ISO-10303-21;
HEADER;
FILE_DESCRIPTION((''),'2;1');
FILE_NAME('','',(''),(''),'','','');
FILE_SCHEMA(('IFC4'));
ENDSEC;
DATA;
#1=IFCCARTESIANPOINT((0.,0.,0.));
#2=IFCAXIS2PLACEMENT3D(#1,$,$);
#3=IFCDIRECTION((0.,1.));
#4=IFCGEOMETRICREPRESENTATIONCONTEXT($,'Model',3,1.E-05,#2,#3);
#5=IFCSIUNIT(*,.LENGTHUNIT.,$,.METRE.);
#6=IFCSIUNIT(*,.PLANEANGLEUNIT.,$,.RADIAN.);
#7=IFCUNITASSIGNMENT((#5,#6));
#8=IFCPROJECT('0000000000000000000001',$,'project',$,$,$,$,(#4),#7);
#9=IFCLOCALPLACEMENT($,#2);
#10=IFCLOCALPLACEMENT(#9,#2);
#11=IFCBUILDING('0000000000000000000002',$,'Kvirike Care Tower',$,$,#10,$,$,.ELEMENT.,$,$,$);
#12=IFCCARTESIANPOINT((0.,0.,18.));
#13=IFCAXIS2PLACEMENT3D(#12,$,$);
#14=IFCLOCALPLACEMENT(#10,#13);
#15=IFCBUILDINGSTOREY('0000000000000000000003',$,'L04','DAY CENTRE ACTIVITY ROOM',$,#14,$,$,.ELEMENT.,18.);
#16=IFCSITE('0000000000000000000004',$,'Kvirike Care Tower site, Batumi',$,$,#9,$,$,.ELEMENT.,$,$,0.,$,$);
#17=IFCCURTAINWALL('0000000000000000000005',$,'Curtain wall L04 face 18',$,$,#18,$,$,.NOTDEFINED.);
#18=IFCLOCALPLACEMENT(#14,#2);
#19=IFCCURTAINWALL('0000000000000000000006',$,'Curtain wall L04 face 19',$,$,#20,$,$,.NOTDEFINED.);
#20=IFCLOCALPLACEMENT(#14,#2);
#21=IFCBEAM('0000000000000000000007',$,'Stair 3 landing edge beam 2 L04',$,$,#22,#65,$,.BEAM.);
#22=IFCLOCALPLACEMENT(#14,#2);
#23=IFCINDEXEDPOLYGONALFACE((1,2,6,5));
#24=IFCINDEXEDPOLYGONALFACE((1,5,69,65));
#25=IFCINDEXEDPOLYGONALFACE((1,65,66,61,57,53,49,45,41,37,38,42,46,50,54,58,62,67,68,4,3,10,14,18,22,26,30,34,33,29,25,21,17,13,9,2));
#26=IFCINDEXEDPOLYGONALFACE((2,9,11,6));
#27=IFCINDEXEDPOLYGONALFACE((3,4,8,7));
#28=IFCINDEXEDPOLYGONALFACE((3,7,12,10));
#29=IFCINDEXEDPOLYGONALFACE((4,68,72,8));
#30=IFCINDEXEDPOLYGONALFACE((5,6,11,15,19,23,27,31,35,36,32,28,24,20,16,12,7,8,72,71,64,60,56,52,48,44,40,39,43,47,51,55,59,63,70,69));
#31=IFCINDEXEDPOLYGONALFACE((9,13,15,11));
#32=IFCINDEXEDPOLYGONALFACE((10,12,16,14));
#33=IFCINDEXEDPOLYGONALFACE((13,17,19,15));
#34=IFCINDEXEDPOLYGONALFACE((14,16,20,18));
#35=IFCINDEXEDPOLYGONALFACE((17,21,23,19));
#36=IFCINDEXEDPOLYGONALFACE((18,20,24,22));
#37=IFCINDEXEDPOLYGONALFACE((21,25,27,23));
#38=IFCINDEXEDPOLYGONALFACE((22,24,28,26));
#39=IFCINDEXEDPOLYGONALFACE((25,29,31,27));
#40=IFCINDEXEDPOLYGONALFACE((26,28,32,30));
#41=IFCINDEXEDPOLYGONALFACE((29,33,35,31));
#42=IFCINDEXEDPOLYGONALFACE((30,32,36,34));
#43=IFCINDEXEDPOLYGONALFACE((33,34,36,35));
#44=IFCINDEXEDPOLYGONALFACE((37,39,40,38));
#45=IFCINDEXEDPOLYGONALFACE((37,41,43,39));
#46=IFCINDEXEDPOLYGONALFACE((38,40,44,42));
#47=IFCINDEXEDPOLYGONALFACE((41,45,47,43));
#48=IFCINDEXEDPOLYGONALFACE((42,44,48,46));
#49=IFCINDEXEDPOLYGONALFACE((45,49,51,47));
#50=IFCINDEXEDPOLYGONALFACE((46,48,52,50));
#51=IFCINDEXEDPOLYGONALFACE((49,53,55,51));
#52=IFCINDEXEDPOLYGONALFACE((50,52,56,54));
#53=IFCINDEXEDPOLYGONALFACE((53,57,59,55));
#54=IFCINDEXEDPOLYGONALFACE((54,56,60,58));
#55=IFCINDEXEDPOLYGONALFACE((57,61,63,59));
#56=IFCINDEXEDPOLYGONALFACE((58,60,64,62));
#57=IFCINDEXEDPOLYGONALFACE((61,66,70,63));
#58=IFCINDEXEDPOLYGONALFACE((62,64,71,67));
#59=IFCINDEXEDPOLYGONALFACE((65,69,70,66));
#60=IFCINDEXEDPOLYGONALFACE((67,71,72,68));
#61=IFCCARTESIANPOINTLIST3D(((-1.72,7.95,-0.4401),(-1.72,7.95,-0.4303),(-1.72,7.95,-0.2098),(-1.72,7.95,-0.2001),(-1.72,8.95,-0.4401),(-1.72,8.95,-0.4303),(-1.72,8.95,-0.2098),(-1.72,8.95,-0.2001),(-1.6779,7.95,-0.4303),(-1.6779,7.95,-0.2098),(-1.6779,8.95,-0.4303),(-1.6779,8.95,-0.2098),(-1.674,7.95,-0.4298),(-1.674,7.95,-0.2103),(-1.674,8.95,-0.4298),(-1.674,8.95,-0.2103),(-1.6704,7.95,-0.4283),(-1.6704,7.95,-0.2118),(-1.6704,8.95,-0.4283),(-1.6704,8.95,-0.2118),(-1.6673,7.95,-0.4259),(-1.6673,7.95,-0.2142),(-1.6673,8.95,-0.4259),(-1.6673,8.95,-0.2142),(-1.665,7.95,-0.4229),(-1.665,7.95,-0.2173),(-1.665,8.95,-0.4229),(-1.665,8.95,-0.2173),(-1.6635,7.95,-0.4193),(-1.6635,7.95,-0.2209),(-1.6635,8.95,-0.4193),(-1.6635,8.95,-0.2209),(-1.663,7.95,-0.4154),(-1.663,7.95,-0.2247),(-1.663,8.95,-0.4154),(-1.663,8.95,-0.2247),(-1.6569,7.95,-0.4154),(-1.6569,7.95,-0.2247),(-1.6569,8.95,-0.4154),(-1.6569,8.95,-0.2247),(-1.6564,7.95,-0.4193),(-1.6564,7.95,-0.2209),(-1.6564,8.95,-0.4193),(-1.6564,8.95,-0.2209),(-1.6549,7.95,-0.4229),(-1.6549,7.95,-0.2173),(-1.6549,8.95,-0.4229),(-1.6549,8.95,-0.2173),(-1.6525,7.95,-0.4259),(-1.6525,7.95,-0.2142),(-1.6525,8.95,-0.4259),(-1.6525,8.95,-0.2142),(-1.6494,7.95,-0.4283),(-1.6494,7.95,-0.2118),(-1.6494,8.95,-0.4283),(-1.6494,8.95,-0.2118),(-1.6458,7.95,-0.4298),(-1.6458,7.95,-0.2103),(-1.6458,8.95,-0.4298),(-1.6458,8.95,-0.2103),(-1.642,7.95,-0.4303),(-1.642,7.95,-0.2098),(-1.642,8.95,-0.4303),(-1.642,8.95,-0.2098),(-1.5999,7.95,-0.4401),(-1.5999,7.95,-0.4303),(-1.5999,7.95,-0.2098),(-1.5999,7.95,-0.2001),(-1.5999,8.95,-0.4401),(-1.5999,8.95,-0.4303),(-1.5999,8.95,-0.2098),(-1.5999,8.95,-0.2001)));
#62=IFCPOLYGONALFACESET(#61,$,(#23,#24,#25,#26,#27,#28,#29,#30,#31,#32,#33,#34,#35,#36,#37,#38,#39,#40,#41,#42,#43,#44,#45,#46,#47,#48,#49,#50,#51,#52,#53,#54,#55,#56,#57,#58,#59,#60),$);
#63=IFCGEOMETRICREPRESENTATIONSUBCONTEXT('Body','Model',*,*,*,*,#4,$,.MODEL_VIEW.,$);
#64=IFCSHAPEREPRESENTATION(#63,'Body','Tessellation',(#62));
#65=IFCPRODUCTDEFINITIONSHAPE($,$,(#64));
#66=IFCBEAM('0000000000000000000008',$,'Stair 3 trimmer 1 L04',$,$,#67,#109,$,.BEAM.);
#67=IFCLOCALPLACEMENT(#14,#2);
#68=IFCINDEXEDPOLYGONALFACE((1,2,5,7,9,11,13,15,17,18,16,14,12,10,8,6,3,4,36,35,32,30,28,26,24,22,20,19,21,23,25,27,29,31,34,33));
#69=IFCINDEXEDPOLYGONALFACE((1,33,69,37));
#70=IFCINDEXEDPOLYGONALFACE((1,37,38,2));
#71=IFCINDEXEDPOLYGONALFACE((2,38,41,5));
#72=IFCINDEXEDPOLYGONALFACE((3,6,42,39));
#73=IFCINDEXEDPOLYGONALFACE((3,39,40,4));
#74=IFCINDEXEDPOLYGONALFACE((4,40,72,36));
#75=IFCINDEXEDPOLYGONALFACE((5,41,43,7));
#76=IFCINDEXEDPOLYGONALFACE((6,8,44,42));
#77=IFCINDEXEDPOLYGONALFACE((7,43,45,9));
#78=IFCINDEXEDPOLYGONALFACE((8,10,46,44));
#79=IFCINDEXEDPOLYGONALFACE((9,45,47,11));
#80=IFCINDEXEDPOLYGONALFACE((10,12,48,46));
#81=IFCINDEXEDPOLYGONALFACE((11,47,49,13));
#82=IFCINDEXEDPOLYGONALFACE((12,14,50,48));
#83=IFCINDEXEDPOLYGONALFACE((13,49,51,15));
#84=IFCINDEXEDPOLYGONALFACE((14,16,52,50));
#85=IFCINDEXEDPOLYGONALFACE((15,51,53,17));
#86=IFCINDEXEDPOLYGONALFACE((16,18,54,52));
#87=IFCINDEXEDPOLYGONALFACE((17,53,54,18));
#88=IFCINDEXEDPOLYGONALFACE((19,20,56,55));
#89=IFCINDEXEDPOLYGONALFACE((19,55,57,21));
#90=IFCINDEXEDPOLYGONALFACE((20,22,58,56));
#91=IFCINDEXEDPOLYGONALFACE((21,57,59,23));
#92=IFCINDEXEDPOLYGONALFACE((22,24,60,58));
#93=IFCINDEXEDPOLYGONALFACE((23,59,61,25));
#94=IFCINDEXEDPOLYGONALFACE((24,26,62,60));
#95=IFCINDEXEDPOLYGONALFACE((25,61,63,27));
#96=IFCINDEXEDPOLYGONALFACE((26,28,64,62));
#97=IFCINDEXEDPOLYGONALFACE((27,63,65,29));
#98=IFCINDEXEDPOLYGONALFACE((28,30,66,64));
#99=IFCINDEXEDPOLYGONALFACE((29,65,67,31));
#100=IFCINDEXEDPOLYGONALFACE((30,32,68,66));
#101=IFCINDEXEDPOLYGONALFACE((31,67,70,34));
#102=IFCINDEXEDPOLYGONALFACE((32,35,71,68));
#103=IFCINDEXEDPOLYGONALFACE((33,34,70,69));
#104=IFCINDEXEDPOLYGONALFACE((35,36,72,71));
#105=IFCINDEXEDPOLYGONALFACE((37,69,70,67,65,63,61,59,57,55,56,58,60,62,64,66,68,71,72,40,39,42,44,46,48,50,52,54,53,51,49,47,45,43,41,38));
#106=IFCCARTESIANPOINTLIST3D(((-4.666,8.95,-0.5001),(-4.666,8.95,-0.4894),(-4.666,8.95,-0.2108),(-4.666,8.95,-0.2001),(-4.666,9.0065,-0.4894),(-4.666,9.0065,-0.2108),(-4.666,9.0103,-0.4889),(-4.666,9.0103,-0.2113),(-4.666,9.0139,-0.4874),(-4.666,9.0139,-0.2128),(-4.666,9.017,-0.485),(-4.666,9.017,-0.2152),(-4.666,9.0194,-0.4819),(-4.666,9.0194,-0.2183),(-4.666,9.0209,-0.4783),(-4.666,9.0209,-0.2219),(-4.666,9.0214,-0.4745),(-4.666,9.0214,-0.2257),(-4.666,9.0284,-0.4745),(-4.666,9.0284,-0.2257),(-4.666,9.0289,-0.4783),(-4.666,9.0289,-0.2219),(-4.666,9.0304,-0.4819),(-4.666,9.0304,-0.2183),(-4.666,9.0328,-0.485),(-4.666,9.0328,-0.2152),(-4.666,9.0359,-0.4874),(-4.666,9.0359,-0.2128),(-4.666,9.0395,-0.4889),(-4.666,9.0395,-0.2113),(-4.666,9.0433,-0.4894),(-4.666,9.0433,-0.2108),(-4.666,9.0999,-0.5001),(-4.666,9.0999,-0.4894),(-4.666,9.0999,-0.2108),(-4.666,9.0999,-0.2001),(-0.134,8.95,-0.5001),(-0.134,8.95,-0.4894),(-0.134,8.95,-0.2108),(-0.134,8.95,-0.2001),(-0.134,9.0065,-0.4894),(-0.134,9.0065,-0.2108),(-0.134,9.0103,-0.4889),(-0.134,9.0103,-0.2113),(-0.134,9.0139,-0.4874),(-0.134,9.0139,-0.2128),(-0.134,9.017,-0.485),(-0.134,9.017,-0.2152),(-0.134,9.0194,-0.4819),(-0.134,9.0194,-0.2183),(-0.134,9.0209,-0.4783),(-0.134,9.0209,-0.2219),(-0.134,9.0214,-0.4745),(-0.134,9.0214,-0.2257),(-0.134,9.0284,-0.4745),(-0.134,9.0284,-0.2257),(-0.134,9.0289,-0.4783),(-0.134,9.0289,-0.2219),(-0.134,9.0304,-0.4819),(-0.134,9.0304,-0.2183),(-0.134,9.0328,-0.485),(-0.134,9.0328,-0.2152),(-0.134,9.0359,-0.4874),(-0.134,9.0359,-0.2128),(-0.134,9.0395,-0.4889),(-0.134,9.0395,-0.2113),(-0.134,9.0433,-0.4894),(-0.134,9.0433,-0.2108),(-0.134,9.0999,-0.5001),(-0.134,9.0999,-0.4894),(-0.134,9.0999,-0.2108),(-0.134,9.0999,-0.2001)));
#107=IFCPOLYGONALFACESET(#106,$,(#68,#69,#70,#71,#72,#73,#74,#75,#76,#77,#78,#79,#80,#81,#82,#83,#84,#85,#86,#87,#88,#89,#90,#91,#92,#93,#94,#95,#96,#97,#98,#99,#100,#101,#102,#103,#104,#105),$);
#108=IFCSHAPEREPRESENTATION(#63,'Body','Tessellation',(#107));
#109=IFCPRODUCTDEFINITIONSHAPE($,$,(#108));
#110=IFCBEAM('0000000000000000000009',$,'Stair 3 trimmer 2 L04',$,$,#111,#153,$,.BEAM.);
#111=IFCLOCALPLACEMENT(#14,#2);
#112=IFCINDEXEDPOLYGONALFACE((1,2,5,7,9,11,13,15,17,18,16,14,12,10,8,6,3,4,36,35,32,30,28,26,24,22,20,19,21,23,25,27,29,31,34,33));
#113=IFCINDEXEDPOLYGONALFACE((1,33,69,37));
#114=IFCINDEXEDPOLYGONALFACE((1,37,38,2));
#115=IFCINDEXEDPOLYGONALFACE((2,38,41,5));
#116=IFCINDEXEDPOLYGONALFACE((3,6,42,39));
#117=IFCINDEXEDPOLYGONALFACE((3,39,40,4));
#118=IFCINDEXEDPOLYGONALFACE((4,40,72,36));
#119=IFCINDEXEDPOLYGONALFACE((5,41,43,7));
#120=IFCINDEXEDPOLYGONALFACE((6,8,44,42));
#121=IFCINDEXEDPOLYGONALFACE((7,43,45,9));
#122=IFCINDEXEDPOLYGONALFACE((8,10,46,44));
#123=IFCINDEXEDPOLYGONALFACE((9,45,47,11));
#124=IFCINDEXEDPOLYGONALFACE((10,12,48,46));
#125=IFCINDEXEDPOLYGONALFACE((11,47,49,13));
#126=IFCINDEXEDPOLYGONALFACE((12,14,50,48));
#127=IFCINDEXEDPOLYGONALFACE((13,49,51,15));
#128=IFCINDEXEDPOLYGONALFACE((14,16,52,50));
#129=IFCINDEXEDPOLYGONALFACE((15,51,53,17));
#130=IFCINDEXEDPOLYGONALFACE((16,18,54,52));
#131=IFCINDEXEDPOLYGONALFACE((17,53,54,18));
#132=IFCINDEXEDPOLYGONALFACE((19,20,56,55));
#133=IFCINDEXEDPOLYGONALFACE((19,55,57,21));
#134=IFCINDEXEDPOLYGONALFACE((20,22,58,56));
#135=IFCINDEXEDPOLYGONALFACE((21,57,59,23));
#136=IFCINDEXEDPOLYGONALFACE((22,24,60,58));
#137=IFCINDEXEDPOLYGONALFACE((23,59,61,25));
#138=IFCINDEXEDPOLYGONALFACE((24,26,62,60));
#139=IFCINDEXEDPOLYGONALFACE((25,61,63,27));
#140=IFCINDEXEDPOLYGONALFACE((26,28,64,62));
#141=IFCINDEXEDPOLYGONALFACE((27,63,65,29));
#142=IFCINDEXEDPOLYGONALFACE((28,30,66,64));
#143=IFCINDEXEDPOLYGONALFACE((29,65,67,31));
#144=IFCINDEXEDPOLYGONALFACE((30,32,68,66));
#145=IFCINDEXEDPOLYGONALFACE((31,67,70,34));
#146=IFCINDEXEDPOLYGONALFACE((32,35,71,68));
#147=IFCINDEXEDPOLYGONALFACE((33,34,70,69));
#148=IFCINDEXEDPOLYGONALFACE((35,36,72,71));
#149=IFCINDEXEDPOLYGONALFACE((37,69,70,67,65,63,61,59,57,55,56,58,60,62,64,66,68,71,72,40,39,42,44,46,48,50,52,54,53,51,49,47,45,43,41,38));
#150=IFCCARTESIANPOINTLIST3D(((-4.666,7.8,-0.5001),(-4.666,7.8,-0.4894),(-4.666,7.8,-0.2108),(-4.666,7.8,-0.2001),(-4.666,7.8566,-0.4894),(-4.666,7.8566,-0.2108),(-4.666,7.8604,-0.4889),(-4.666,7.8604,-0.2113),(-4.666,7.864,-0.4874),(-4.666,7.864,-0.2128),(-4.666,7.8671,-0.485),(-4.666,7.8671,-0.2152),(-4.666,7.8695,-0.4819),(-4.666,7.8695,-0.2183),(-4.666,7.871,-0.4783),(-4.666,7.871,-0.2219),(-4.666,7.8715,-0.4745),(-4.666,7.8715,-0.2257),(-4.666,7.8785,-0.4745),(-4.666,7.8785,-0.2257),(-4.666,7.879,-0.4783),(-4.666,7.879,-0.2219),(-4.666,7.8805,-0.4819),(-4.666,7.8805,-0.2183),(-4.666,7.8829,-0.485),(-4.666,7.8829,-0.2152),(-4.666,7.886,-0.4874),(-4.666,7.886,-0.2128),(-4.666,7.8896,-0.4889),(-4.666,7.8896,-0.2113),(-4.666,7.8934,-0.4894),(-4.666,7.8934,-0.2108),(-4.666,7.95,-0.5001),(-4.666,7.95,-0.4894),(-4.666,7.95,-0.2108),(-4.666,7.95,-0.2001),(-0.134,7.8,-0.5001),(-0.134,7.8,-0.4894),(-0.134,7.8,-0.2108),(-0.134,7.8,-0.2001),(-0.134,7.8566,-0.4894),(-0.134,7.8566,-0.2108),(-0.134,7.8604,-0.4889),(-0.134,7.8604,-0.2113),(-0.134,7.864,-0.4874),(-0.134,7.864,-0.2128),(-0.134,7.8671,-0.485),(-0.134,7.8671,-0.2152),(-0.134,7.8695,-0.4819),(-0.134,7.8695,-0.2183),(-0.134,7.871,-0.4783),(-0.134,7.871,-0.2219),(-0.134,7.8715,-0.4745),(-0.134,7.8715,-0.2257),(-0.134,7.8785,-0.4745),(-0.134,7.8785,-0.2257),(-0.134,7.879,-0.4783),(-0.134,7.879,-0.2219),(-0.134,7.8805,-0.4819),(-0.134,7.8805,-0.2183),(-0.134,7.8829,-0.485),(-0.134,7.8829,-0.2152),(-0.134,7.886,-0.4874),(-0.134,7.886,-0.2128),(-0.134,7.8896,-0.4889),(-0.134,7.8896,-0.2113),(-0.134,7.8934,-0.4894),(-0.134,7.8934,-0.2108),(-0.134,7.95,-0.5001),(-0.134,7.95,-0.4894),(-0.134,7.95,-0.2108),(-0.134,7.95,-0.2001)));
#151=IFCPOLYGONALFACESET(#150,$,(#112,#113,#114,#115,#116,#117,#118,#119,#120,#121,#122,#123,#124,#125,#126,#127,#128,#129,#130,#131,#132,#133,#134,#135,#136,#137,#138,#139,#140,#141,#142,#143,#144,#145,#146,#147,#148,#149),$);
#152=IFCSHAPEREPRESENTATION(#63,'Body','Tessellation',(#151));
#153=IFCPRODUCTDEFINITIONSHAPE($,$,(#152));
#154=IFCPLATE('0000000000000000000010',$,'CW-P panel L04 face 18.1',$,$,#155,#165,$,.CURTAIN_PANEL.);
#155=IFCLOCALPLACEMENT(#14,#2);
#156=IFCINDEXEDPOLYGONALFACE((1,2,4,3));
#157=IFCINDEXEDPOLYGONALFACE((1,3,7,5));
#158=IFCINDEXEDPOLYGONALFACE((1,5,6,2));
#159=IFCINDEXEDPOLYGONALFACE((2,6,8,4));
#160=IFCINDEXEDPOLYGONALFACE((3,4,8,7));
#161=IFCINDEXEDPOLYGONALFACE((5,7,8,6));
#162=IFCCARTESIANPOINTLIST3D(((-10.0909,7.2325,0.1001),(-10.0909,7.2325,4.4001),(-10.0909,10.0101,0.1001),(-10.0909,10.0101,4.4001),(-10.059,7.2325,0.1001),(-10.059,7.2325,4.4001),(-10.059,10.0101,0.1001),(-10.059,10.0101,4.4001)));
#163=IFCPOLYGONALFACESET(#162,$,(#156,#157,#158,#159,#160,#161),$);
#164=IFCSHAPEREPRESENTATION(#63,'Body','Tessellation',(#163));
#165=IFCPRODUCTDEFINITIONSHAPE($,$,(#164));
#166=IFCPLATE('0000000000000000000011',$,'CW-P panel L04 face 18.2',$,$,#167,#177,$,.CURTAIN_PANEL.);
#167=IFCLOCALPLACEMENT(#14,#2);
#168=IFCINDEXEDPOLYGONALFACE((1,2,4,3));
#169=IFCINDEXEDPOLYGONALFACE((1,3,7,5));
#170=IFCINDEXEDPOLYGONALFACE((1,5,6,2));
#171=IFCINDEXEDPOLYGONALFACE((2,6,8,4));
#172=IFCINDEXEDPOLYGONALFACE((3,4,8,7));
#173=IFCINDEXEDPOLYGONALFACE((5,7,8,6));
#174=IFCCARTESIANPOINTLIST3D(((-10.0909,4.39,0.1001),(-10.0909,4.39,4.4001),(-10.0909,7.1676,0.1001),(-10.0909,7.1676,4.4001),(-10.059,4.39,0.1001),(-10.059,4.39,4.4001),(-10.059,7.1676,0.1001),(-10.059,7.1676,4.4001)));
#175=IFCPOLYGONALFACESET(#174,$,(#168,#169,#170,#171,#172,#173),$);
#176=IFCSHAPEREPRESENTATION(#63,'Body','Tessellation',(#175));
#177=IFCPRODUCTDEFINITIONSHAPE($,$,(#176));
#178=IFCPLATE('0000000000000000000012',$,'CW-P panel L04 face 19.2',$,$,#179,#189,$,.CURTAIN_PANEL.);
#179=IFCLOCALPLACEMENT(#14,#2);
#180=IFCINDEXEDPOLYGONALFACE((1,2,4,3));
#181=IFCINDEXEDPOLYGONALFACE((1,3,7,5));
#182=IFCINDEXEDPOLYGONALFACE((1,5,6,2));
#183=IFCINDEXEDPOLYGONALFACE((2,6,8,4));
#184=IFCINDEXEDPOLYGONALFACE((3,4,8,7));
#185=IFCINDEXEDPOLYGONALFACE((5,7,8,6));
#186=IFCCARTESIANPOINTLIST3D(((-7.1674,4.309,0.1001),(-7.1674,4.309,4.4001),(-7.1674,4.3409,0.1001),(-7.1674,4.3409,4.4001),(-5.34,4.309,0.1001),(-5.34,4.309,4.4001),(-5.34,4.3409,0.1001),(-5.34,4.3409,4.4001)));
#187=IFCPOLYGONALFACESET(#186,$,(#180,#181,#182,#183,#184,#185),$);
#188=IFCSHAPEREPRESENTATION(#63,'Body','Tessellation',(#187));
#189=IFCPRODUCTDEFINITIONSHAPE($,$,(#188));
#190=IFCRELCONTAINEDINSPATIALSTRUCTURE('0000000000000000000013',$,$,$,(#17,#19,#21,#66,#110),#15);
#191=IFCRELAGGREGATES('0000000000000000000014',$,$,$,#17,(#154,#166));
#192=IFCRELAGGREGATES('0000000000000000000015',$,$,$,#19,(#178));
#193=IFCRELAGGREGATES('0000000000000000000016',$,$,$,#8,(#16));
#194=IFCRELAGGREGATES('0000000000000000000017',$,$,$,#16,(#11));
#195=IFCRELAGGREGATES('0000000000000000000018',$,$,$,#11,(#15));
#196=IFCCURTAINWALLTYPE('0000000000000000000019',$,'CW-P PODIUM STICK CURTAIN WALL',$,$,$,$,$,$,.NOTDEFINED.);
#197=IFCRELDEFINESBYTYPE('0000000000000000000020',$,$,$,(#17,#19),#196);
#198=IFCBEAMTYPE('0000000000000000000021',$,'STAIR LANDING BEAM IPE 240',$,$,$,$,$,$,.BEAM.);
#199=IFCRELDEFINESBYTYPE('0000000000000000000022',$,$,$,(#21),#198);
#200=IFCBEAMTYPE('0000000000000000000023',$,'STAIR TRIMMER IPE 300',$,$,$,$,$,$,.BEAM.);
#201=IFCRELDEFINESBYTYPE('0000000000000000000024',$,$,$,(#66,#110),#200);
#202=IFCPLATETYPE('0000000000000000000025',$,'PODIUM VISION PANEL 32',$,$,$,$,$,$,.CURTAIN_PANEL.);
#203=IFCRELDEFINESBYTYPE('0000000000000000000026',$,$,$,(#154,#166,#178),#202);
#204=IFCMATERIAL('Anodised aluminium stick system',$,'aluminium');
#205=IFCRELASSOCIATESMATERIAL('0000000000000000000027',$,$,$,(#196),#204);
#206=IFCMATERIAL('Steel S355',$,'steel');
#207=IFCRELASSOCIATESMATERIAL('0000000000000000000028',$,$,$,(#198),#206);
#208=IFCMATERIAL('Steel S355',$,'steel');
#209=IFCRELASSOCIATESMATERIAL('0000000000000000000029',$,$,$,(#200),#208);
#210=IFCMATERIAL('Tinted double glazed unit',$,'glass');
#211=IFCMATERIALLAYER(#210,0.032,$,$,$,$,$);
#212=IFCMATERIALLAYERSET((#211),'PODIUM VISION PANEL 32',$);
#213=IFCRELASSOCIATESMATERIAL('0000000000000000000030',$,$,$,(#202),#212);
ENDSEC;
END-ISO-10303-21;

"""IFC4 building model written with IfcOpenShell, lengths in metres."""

from ifc_helpers import new_model, si_unit, direction, frame, origin, origin_2d, place, context, subcontext, project, spatial, rectangle, i_section, extrude, material, layer, layer_set, material_profile, profile_set, type_object, element, aggregate, save


model = new_model("IFC4")

# Units and contexts
model_context = context("Model", 3, precision=1e-05, world=origin(), true_north=direction((0.0, 1.0)))
body_context = subcontext(model_context, "Body", "Model", "MODEL_VIEW")
ifc_project = project(units=[si_unit("LENGTHUNIT", "METRE"), si_unit("PLANEANGLEUNIT", "RADIAN")], contexts=[model_context])

# Site, building, storey
site_placement = place(None, origin())
site = spatial("IfcSite", under=ifc_project, at=site_placement, Name="Kvirike Care Tower site, Batumi", CompositionType="ELEMENT", RefElevation=0.0)
building_placement = place(site_placement, origin())
building = spatial("IfcBuilding", under=site, at=building_placement, Name="Kvirike Care Tower", CompositionType="ELEMENT")
storey_placement = place(building_placement, frame((0.0, 0.0, 18.0)))
storey = spatial("IfcBuildingStorey", under=building, at=storey_placement, Name="L04", Description="DAY CENTRE ACTIVITY ROOM", CompositionType="ELEMENT", Elevation=18.0)

# Curtain wall
ifc_material_1 = material(Name="Anodised aluminium stick system", Category="aluminium")
curtain_wall_type = type_object("IfcCurtainWallType", Name="CW-P PODIUM STICK CURTAIN WALL", PredefinedType="NOTDEFINED", material=ifc_material_1)
curtain_wall_1_placement = place(storey_placement, origin())
curtain_wall_1 = element("IfcCurtainWall", 1, at=curtain_wall_1_placement, inside=storey, type_object=curtain_wall_type, Name="Curtain wall L04 face 18", PredefinedType="NOTDEFINED")

# Curtain wall
curtain_wall_2_placement = place(storey_placement, origin())
curtain_wall_2 = element("IfcCurtainWall", 2, at=curtain_wall_2_placement, inside=storey, type_object=curtain_wall_type, Name="Curtain wall L04 face 19", PredefinedType="NOTDEFINED")

# Beams
ifc_material_2 = material(Name="Steel S355", Category="steel")
ifc_material_profile_1 = material_profile(ifc_material_2, i_section(OverallWidth=0.1201, OverallDepth=0.24, WebThickness=0.0061, FlangeThickness=0.0098, FilletRadius=0.0149, at=origin_2d()), Name="IPE 240")
ifc_profile_set_1 = profile_set([ifc_material_profile_1], Name="Steel S355")
beam_type_1 = type_object("IfcBeamType", Name="STAIR LANDING BEAM IPE 240", PredefinedType="BEAM", material=ifc_profile_set_1)
for number, where, z_axis, x_axis, name in (
    (3, (-1.6599, 8.95, -0.3201), (0.0, -1.0, 0.0), (1.0, 0.0, 0.0), "Stair 3 landing edge beam 2 L04"),
):
    element("IfcBeam", number, at=place(storey_placement, frame(where, z_axis=z_axis, x_axis=x_axis)), inside=storey, type_object=beam_type_1, Name=name, PredefinedType="BEAM", context=body_context, shape_type="SweptSolid", body=[
        extrude(i_section(OverallWidth=0.1201, OverallDepth=0.24, WebThickness=0.0061, FlangeThickness=0.0098, FilletRadius=0.0149, at=origin_2d()), origin(), (0.0, 0.0, 1.0), 1.0),
    ])
ifc_material_3 = material(Name="Steel S355", Category="steel")
ifc_material_profile_2 = material_profile(ifc_material_3, i_section(OverallWidth=0.1499, OverallDepth=0.3, WebThickness=0.0071, FlangeThickness=0.0107, FilletRadius=0.0149, at=origin_2d()), Name="IPE 300")
ifc_profile_set_2 = profile_set([ifc_material_profile_2], Name="Steel S355")
beam_type_2 = type_object("IfcBeamType", Name="STAIR TRIMMER IPE 300", PredefinedType="BEAM", material=ifc_profile_set_2)
for number, where, z_axis, x_axis, name in (
    (4, (-4.666, 9.0249, -0.3501), (1.0, 0.0, 0.0), (0.0, 1.0, 0.0), "Stair 3 trimmer 1 L04"),
    (5, (-4.666, 7.875, -0.3501), (1.0, 0.0, 0.0), (0.0, 1.0, 0.0), "Stair 3 trimmer 2 L04"),
):
    element("IfcBeam", number, at=place(storey_placement, frame(where, z_axis=z_axis, x_axis=x_axis)), inside=storey, type_object=beam_type_2, Name=name, PredefinedType="BEAM", context=body_context, shape_type="SweptSolid", body=[
        extrude(i_section(OverallWidth=0.1499, OverallDepth=0.3, WebThickness=0.0071, FlangeThickness=0.0107, FilletRadius=0.0149, at=origin_2d()), origin(), (0.0, 0.0, 1.0), 4.532),
    ])

# Plates
ifc_material_4 = material(Name="Tinted double glazed unit", Category="glass")
ifc_layer_1 = layer(ifc_material_4, 0.032)
ifc_layer_set_1 = layer_set([ifc_layer_1], Name="PODIUM VISION PANEL 32")
plate_type = type_object("IfcPlateType", Name="PODIUM VISION PANEL 32", PredefinedType="CURTAIN_PANEL", material=ifc_layer_set_1)
plate_1_placement = place(storey_placement, frame((-10.075, 8.6213, 0.1001), z_axis=(0.0, 0.0, 1.0), x_axis=(0.0, -1.0, 0.0)))
plate_1 = element("IfcPlate", 6, at=plate_1_placement, type_object=plate_type, Name="CW-P panel L04 face 18.1", PredefinedType="CURTAIN_PANEL", context=body_context, shape_type="SweptSolid", body=[
    extrude(rectangle(XDim=2.7776, YDim=0.032, at=origin_2d()), origin(), (0.0, 0.0, 1.0), 4.3),
])
plate_2_placement = place(storey_placement, frame((-10.075, 5.7788, 0.1001), z_axis=(0.0, 0.0, 1.0), x_axis=(0.0, -1.0, 0.0)))
plate_2 = element("IfcPlate", 7, at=plate_2_placement, type_object=plate_type, Name="CW-P panel L04 face 18.2", PredefinedType="CURTAIN_PANEL", context=body_context, shape_type="SweptSolid", body=[
    extrude(rectangle(XDim=2.7776, YDim=0.032, at=origin_2d()), origin(), (0.0, 0.0, 1.0), 4.3),
])
aggregate(curtain_wall_1, [plate_1, plate_2])
plate_3_placement = place(storey_placement, frame((-6.2537, 4.325, 0.1001), z_axis=(0.0, 0.0, 1.0), x_axis=(1.0, 0.0, 0.0)))
plate_3 = element("IfcPlate", 8, at=plate_3_placement, type_object=plate_type, Name="CW-P panel L04 face 19.2", PredefinedType="CURTAIN_PANEL", context=body_context, shape_type="SweptSolid", body=[
    extrude(rectangle(XDim=1.8274, YDim=0.032, at=origin_2d()), origin(), (0.0, 0.0, 1.0), 4.3),
])
aggregate(curtain_wall_2, [plate_3])

save(model, "model.ifc")
